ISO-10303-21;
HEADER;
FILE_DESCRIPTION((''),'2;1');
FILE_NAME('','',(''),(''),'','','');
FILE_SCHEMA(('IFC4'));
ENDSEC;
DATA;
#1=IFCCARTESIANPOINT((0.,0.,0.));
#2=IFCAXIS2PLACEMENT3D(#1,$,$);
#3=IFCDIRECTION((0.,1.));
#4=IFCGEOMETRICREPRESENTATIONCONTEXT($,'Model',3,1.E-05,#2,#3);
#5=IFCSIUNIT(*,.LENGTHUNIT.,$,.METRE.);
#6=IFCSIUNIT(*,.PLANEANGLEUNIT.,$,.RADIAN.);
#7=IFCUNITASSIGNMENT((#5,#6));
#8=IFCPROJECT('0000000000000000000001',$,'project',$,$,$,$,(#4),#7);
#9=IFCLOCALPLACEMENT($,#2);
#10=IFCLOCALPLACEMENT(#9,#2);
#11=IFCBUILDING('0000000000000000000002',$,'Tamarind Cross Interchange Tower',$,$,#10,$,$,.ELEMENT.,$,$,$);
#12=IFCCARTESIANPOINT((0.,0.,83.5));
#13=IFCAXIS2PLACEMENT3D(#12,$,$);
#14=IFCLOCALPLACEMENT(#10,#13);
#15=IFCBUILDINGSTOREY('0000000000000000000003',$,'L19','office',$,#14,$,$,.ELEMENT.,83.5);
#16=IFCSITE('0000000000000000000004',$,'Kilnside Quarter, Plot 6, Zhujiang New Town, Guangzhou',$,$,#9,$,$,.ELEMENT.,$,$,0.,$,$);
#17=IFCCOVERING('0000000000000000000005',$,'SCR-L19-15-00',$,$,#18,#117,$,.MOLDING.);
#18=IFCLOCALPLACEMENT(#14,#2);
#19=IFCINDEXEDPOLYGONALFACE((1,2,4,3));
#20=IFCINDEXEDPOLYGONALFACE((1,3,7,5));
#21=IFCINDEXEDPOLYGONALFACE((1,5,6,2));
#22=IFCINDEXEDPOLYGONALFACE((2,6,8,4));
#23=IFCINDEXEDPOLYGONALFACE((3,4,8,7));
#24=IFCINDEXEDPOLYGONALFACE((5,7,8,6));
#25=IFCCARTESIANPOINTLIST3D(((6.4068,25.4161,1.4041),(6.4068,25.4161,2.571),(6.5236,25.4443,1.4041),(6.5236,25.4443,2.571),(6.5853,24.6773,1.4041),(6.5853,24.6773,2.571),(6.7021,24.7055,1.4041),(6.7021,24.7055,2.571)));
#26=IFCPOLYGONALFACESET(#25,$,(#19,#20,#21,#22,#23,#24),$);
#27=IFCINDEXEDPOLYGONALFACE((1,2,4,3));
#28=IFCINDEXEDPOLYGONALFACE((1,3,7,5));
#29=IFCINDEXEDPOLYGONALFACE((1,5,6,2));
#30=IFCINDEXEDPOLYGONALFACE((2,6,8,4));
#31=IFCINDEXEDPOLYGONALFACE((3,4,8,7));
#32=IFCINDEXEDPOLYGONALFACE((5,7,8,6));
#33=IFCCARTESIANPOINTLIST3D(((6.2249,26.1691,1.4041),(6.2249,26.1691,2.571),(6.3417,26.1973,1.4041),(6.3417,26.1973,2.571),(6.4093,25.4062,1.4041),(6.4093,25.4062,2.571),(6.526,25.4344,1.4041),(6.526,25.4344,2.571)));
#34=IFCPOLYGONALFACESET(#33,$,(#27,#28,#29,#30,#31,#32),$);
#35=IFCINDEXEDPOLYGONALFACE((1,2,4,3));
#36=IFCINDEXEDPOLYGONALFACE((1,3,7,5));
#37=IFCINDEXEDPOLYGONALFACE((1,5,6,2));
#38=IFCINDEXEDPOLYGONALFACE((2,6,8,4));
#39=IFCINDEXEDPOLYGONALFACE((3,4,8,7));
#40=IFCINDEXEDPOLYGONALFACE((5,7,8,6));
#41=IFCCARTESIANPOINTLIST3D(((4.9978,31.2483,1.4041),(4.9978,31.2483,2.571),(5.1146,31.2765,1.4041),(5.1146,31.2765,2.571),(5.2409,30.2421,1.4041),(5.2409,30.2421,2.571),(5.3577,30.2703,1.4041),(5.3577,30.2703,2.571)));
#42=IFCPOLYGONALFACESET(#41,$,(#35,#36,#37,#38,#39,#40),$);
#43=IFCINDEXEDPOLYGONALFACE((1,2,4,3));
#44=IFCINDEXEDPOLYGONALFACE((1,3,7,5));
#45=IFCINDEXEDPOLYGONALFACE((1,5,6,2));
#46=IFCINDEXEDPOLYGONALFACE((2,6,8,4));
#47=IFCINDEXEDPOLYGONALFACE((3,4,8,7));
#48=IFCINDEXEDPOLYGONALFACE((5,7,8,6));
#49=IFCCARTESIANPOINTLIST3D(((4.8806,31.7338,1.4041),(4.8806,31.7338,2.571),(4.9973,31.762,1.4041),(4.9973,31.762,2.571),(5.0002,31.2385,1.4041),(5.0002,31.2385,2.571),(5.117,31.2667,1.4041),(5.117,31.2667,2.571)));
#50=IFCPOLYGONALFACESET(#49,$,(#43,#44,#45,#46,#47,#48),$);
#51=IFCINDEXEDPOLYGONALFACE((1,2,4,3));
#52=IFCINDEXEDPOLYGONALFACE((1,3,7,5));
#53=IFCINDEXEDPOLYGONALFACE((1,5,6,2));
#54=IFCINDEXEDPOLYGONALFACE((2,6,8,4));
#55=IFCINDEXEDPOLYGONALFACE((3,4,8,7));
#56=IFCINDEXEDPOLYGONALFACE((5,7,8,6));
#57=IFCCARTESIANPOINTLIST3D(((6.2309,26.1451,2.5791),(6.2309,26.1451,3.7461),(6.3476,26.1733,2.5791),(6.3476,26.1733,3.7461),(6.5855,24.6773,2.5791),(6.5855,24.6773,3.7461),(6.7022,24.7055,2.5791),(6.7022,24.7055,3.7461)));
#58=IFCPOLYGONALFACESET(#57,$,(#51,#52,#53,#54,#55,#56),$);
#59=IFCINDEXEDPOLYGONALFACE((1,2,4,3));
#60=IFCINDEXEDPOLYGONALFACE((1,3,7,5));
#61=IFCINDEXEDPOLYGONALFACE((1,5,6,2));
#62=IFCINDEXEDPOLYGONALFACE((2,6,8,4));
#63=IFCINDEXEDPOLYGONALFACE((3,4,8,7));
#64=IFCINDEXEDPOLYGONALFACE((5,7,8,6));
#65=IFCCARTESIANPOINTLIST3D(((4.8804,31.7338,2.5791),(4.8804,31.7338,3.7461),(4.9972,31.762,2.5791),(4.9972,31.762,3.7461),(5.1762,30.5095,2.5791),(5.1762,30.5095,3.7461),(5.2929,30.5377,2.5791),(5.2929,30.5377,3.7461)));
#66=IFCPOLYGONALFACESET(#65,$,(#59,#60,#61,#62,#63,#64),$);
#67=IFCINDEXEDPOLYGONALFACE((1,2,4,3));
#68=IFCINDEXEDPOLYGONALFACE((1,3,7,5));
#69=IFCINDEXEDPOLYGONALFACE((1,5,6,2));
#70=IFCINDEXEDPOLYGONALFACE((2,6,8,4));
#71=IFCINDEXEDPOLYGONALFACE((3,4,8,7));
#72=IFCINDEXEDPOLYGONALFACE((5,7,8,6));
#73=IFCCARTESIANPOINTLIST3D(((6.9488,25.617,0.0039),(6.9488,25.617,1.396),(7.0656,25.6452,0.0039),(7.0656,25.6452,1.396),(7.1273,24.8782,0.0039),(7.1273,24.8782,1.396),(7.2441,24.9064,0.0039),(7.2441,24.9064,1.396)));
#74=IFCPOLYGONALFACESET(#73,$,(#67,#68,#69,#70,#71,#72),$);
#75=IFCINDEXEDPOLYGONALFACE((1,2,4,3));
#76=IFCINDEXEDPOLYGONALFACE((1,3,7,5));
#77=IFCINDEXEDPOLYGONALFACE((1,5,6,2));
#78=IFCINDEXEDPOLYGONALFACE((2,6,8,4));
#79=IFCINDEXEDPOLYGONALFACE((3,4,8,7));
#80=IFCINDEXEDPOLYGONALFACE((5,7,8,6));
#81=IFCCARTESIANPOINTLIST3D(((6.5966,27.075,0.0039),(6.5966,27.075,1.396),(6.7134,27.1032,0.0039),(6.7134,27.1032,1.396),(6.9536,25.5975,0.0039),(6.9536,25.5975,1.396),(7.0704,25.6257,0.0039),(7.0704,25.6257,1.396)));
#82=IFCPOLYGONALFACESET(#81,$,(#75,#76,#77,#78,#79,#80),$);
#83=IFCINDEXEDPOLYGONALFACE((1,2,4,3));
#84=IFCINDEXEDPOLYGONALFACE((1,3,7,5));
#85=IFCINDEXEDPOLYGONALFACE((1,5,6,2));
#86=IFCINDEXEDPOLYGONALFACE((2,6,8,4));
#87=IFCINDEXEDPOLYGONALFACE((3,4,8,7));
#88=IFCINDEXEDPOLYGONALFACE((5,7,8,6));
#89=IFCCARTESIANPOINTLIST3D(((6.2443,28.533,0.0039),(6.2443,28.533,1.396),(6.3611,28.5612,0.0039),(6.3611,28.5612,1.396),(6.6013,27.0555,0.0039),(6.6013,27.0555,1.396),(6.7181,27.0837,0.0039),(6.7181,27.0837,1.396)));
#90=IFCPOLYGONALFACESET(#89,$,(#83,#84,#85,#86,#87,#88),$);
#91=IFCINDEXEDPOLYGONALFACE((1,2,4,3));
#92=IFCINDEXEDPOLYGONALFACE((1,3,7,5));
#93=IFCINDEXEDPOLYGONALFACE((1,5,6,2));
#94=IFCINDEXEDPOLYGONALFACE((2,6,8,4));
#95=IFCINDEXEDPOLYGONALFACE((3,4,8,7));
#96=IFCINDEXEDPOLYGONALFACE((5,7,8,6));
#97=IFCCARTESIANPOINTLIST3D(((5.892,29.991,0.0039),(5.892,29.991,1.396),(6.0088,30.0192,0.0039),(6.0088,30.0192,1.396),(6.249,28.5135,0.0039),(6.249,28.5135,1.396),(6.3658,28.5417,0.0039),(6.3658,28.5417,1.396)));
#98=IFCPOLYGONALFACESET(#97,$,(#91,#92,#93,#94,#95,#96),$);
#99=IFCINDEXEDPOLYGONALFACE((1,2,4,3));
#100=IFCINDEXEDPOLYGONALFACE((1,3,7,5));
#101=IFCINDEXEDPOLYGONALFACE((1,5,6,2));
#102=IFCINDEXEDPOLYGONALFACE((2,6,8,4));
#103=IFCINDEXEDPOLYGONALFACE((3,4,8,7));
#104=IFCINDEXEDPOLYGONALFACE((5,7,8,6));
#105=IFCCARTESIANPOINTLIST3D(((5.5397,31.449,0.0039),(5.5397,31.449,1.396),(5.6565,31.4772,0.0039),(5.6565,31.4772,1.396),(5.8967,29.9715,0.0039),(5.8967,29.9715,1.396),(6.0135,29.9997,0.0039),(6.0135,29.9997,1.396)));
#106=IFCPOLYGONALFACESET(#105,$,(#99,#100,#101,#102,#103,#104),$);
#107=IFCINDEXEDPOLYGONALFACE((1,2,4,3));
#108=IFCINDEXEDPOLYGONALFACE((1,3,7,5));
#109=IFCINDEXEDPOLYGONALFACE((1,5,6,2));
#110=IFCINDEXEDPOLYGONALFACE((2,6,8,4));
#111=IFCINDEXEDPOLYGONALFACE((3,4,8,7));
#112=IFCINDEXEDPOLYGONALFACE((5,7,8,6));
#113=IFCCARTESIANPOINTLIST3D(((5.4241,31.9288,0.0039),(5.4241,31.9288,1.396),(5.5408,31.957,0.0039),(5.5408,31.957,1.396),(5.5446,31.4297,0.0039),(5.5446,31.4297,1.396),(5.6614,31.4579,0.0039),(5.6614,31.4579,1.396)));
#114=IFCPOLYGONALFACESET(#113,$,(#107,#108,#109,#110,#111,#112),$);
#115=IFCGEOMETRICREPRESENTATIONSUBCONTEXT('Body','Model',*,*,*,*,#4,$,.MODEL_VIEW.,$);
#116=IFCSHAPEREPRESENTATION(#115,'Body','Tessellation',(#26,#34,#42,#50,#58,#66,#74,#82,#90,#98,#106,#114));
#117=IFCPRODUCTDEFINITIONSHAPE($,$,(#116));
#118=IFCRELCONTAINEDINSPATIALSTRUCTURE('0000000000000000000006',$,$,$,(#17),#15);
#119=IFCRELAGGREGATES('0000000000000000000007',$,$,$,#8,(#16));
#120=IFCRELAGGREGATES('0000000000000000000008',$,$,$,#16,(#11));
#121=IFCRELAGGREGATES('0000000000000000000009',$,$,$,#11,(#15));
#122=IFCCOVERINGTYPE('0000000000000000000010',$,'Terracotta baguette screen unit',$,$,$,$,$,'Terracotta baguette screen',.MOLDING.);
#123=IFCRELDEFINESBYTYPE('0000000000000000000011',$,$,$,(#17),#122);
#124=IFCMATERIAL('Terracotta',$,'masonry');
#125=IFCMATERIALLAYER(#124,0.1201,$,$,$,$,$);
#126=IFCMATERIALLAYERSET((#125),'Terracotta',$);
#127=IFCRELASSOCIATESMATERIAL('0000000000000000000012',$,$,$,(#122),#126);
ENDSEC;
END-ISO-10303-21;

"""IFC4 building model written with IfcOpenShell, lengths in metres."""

from ifc_helpers import new_model, si_unit, direction, frame, origin, origin_2d, place, context, subcontext, project, spatial, rectangle, extrude, material, layer, layer_set, type_object, element, save


model = new_model("IFC4")

# Units and contexts
model_context = context("Model", 3, precision=1e-05, world=origin(), true_north=direction((0.0, 1.0)))
body_context = subcontext(model_context, "Body", "Model", "MODEL_VIEW")
ifc_project = project(units=[si_unit("LENGTHUNIT", "METRE"), si_unit("PLANEANGLEUNIT", "RADIAN")], contexts=[model_context])

# Site, building, storey
site_placement = place(None, origin())
site = spatial("IfcSite", under=ifc_project, at=site_placement, Name="Kilnside Quarter, Plot 6, Zhujiang New Town, Guangzhou", CompositionType="ELEMENT", RefElevation=0.0)
building_placement = place(site_placement, origin())
building = spatial("IfcBuilding", under=site, at=building_placement, Name="Tamarind Cross Interchange Tower", CompositionType="ELEMENT")
storey_placement = place(building_placement, frame((0.0, 0.0, 83.5)))
storey = spatial("IfcBuildingStorey", under=building, at=storey_placement, Name="L19", Description="office", CompositionType="ELEMENT", Elevation=83.5)

# Covering
ifc_material_1 = material(Name="Terracotta", Category="masonry")
ifc_layer_1 = layer(ifc_material_1, 0.1201)
ifc_layer_set_1 = layer_set([ifc_layer_1], Name="Terracotta")
covering_type = type_object("IfcCoveringType", Name="Terracotta baguette screen unit", ElementType="Terracotta baguette screen", PredefinedType="MOLDING", material=ifc_layer_set_1)
covering_1_placement = place(storey_placement, origin())
element("IfcCovering", 1, at=covering_1_placement, inside=storey, type_object=covering_type, Name="SCR-L19-15-00", PredefinedType="MOLDING", context=body_context, shape_type="SweptSolid", body=[
    extrude(rectangle(XDim=0.76, YDim=0.1201, at=origin_2d()), frame((6.5544, 25.0608, 1.4041), z_axis=(0.0, 0.0, 1.0), x_axis=(-0.234844, 0.972033, 0.0)), (0.0, 0.0, 1.0), 1.167),
    extrude(rectangle(XDim=0.7849, YDim=0.1201, at=origin_2d()), frame((6.3755, 25.8018, 1.4041), z_axis=(0.0, 0.0, 1.0), x_axis=(-0.234844, 0.972033, 0.0)), (0.0, 0.0, 1.0), 1.167),
    extrude(rectangle(XDim=1.0352, YDim=0.1201, at=origin_2d()), frame((5.1777, 30.7593, 1.4041), z_axis=(0.0, 0.0, 1.0), x_axis=(-0.234844, 0.972033, 0.0)), (0.0, 0.0, 1.0), 1.167),
    extrude(rectangle(XDim=0.5095, YDim=0.1201, at=origin_2d()), frame((4.9988, 31.5002, 1.4041), z_axis=(0.0, 0.0, 1.0), x_axis=(-0.234844, 0.972033, 0.0)), (0.0, 0.0, 1.0), 1.167),
    extrude(rectangle(XDim=1.51, YDim=0.1201, at=origin_2d()), frame((6.4666, 25.4253, 2.5791), z_axis=(0.0, 0.0, 1.0), x_axis=(-0.234844, 0.972033, 0.0)), (0.0, 0.0, 1.0), 1.167),
    extrude(rectangle(XDim=1.2595, YDim=0.1201, at=origin_2d()), frame((5.0867, 31.1357, 2.5791), z_axis=(0.0, 0.0, 1.0), x_axis=(-0.234844, 0.972033, 0.0)), (0.0, 0.0, 1.0), 1.167),
    extrude(rectangle(XDim=0.76, YDim=0.1201, at=origin_2d()), frame((7.0964, 25.2617, 0.0039), z_axis=(0.0, 0.0, 1.0), x_axis=(-0.234844, 0.972033, 0.0)), (0.0, 0.0, 1.0), 1.3921),
    extrude(rectangle(XDim=1.52, YDim=0.1201, at=origin_2d()), frame((6.8335, 26.3503, 0.0039), z_axis=(0.0, 0.0, 1.0), x_axis=(-0.234844, 0.972033, 0.0)), (0.0, 0.0, 1.0), 1.3921),
    extrude(rectangle(XDim=1.52, YDim=0.1201, at=origin_2d()), frame((6.4812, 27.8083, 0.0039), z_axis=(0.0, 0.0, 1.0), x_axis=(-0.234844, 0.972033, 0.0)), (0.0, 0.0, 1.0), 1.3921),
    extrude(rectangle(XDim=1.52, YDim=0.1201, at=origin_2d()), frame((6.1289, 29.2664, 0.0039), z_axis=(0.0, 0.0, 1.0), x_axis=(-0.234844, 0.972033, 0.0)), (0.0, 0.0, 1.0), 1.3921),
    extrude(rectangle(XDim=1.52, YDim=0.1201, at=origin_2d()), frame((5.7766, 30.7244, 0.0039), z_axis=(0.0, 0.0, 1.0), x_axis=(-0.234844, 0.972033, 0.0)), (0.0, 0.0, 1.0), 1.3921),
    extrude(rectangle(XDim=0.5134, YDim=0.1201, at=origin_2d()), frame((5.5427, 31.6934, 0.0039), z_axis=(0.0, 0.0, 1.0), x_axis=(-0.234844, 0.972033, 0.0)), (0.0, 0.0, 1.0), 1.3921),
])

save(model, "model.ifc")
